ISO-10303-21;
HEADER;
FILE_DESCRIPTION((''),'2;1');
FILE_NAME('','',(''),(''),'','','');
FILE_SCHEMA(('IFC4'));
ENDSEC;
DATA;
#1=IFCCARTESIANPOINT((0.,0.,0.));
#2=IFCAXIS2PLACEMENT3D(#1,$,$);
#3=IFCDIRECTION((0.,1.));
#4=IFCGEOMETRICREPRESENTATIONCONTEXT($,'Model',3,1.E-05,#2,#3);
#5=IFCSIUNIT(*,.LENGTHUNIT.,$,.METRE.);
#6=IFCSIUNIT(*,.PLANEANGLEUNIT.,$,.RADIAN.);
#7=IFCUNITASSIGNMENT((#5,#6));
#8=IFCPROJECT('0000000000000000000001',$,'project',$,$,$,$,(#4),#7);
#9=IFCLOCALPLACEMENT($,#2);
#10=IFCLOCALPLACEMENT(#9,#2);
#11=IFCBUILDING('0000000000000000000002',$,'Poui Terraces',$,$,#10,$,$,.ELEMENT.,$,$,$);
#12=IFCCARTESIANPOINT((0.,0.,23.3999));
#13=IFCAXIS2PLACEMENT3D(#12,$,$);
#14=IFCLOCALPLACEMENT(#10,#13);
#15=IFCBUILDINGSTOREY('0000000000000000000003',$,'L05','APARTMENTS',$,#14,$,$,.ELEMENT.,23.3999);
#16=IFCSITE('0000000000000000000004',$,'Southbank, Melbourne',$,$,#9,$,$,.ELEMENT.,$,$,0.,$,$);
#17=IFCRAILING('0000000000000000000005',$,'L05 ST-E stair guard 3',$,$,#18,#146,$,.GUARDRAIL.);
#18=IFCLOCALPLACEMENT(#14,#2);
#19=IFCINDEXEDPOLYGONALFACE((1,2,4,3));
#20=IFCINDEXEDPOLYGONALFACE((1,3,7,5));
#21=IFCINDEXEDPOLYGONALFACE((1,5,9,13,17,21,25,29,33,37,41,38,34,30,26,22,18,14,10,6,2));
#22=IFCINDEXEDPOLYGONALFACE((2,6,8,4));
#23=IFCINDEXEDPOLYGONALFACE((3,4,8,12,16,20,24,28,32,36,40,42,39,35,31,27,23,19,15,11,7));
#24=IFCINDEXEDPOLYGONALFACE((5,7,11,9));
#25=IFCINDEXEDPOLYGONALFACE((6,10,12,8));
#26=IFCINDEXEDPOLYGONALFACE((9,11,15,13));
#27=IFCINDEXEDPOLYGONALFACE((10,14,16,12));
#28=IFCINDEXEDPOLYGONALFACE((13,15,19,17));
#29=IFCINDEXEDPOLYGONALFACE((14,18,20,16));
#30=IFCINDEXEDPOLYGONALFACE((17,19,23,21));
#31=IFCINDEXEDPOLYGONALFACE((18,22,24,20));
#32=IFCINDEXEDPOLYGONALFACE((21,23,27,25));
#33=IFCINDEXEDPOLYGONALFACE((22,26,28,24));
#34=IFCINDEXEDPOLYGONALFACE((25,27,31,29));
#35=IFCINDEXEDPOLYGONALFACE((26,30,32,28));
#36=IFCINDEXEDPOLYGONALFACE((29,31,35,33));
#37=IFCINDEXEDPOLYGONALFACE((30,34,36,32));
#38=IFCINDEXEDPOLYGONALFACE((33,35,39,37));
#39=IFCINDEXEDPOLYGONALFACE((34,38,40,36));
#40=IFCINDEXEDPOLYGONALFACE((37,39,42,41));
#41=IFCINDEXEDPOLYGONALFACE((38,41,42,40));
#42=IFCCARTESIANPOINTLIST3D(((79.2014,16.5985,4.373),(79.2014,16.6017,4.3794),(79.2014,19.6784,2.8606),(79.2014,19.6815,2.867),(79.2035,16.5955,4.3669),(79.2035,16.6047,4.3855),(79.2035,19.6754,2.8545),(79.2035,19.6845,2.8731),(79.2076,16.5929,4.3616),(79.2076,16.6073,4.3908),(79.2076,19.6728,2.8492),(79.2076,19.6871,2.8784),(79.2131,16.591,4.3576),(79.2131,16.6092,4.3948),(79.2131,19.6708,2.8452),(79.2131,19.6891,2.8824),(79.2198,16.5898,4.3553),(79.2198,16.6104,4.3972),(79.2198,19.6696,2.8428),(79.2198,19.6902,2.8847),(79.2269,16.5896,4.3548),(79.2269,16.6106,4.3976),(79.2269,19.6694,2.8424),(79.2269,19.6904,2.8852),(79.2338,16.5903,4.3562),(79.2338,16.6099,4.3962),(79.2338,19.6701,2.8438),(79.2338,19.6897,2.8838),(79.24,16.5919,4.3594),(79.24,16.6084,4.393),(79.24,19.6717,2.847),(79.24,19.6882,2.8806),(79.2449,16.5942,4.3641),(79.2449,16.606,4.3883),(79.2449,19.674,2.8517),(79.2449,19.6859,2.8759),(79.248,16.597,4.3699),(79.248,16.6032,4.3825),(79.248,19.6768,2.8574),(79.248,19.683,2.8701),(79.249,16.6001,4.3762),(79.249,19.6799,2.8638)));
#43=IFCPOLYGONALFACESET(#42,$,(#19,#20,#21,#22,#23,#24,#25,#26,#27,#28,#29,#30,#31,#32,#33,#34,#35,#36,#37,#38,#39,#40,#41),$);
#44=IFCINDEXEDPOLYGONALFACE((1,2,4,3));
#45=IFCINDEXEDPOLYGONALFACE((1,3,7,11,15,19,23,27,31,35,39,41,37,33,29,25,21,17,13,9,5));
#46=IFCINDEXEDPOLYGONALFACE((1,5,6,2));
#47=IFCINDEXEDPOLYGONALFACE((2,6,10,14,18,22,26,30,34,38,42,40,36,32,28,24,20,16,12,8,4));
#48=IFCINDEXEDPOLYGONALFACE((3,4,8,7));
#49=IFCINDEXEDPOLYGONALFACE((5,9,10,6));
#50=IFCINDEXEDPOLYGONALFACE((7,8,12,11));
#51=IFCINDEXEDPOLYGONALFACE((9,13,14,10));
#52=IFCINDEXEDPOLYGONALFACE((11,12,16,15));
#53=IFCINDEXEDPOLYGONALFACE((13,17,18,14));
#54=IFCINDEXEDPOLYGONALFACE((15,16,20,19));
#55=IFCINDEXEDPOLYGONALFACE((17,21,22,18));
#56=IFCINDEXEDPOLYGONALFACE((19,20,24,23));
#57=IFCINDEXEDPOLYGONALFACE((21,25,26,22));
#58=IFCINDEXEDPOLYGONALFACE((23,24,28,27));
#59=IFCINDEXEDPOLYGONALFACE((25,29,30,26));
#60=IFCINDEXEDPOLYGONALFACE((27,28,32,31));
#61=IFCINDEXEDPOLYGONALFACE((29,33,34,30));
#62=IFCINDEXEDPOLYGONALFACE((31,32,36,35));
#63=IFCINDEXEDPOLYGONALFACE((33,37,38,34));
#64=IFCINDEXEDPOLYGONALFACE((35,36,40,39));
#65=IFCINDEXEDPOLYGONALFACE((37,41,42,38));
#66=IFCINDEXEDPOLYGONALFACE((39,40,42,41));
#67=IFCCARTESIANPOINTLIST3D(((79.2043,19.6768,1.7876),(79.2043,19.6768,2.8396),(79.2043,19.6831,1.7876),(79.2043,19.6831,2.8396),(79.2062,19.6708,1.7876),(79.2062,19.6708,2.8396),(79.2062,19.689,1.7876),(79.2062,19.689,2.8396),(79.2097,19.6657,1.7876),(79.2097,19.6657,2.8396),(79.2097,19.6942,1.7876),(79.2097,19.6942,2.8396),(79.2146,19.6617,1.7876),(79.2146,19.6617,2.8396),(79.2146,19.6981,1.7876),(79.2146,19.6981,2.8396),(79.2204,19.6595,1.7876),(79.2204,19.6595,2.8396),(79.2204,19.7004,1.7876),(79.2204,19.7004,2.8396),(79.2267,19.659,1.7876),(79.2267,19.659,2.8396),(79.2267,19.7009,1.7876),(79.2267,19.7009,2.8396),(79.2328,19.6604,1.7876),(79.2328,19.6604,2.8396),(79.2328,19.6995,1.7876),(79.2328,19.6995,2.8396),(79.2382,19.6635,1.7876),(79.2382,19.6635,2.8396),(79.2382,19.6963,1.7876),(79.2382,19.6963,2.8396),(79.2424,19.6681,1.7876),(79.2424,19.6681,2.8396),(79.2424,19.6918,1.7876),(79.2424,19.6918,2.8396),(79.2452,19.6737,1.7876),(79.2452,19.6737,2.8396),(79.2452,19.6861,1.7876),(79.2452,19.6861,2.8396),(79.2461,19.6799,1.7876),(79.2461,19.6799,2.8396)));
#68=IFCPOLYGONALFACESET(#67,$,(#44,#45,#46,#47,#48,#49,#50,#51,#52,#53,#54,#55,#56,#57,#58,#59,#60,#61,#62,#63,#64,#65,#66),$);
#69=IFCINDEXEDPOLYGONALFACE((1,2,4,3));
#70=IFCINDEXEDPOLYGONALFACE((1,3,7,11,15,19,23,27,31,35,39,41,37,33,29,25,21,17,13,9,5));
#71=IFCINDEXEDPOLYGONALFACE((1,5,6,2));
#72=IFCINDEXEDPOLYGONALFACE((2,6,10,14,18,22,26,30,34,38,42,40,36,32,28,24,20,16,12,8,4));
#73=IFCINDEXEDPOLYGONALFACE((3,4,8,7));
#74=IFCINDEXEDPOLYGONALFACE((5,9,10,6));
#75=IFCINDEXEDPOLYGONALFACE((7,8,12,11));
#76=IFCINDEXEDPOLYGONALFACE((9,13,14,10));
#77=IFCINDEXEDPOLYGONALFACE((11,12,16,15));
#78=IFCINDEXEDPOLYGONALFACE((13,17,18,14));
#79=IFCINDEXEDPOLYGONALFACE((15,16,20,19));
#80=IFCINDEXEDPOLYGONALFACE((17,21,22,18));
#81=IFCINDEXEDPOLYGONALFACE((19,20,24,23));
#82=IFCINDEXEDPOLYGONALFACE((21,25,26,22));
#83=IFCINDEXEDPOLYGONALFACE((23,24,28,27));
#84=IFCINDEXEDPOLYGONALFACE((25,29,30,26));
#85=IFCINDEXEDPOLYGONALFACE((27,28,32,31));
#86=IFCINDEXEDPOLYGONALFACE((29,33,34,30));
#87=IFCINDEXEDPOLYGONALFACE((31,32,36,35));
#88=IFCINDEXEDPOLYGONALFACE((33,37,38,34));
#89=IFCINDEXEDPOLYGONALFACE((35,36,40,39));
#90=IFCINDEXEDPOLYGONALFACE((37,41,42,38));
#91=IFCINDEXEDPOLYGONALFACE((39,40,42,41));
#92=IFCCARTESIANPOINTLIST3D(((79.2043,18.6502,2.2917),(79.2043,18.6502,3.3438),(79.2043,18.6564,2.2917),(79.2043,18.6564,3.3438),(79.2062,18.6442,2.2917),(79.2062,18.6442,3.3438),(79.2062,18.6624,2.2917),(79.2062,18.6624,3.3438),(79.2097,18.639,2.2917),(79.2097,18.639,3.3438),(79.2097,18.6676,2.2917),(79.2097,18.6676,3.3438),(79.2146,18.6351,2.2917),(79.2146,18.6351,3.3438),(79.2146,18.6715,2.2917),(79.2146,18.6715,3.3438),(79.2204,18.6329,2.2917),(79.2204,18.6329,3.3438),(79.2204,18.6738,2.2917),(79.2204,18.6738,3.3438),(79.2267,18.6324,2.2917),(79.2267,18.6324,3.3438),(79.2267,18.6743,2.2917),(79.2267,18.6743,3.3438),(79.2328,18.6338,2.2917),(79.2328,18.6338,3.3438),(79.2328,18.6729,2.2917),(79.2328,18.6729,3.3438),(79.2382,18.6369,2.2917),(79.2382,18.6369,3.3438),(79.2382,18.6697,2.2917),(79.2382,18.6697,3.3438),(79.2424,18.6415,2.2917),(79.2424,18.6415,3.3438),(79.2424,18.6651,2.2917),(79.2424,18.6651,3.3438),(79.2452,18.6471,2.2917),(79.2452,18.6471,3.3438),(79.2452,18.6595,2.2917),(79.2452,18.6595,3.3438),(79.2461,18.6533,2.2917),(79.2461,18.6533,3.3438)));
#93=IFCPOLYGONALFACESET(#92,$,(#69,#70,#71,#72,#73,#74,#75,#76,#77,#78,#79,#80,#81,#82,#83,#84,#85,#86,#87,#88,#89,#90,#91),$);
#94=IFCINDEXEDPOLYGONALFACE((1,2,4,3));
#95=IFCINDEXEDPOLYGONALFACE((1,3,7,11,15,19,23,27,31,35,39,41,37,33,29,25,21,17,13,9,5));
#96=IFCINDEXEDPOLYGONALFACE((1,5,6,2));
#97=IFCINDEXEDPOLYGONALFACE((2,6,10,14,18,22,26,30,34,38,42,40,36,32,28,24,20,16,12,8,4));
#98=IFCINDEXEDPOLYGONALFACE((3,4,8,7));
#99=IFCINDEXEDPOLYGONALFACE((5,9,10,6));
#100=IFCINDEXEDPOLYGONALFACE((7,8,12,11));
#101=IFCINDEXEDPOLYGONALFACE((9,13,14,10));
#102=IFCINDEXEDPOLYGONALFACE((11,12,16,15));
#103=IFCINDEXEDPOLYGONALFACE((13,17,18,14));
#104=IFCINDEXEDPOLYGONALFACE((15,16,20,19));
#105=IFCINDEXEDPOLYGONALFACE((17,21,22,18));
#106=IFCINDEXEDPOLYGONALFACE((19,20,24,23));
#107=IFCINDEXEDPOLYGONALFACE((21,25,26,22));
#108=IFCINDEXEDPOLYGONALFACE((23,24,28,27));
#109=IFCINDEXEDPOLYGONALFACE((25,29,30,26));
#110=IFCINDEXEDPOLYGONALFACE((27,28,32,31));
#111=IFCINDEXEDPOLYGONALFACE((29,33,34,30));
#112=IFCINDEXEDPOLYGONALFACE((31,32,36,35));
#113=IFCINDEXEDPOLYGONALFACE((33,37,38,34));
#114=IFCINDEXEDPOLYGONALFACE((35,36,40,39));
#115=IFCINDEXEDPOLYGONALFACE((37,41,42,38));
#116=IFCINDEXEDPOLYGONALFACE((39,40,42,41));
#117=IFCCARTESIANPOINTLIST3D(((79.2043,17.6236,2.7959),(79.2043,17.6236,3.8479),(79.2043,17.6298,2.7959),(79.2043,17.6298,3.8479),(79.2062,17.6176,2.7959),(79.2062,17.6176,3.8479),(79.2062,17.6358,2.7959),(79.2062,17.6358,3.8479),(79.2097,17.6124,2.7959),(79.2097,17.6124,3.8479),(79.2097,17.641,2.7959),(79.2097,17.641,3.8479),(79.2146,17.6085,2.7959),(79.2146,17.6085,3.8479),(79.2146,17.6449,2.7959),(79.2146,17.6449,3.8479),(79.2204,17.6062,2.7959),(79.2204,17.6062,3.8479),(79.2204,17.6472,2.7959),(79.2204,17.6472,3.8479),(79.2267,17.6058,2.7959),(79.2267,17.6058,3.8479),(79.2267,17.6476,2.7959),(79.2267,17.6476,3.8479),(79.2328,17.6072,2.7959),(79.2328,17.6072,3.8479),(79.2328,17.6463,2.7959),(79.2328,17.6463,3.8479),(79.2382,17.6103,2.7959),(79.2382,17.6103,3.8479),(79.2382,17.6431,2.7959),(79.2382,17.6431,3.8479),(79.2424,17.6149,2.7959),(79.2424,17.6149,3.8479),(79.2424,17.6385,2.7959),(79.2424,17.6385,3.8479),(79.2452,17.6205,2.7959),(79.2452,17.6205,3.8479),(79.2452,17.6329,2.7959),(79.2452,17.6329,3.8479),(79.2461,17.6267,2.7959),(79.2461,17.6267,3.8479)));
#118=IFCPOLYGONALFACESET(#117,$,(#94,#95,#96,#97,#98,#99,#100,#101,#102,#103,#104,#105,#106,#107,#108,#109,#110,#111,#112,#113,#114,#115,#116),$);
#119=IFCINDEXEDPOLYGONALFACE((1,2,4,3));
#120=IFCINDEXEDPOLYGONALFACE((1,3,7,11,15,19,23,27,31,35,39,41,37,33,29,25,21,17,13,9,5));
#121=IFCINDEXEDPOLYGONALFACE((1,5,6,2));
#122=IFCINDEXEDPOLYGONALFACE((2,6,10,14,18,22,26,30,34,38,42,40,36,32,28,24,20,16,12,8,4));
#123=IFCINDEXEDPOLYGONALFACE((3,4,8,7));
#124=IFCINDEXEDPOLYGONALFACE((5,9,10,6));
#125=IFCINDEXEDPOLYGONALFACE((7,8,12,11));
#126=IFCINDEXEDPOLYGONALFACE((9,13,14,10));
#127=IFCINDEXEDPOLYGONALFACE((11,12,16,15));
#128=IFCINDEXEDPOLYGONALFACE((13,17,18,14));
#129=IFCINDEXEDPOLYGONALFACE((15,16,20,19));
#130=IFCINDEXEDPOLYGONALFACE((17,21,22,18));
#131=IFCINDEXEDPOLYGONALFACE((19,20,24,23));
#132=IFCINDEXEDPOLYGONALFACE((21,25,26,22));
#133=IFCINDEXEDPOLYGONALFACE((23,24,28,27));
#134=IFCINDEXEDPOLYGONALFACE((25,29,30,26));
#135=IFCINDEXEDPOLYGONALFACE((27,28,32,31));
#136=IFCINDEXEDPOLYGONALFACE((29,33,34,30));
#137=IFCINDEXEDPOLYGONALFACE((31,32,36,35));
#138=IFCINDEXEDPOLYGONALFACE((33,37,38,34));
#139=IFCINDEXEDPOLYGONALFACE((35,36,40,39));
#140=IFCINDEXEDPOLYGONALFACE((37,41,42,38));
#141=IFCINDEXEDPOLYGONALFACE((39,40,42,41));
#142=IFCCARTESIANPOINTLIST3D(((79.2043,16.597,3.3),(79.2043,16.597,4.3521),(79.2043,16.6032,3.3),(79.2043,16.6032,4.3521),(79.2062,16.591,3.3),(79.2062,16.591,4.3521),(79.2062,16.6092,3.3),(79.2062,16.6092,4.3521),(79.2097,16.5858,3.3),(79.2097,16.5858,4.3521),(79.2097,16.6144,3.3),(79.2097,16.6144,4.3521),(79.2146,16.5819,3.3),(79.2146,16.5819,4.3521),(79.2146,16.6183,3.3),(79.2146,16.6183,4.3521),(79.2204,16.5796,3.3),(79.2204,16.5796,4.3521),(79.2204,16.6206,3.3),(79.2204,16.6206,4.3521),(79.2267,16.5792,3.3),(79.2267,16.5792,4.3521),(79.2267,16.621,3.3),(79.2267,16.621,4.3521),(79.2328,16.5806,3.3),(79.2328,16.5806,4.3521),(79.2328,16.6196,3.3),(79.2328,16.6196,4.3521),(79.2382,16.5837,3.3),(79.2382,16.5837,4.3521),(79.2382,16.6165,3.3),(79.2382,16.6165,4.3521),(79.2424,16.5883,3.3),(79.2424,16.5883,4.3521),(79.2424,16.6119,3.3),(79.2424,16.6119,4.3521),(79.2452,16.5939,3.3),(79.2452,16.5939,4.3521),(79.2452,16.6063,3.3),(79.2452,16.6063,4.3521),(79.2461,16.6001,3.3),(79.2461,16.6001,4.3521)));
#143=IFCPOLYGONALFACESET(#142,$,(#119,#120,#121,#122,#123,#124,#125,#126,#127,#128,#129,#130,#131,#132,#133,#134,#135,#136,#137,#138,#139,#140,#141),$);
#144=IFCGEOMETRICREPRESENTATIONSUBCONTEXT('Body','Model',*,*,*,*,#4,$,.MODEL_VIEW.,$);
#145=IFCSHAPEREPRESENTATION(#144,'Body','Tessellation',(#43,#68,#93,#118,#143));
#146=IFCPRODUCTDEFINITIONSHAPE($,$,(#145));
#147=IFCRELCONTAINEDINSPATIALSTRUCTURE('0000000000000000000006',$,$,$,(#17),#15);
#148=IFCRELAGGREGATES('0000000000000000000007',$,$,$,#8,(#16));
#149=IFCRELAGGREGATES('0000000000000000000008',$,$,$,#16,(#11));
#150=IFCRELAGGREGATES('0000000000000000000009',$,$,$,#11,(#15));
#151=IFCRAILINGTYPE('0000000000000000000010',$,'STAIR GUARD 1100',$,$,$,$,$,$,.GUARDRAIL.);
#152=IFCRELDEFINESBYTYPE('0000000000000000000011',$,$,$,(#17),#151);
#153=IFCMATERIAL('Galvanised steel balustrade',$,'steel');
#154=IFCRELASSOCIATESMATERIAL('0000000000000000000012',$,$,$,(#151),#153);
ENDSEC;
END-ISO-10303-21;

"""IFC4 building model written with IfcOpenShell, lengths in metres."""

from ifc_helpers import new_model, si_unit, direction, frame, origin, origin_2d, place, context, subcontext, project, spatial, circle, extrude, material, type_object, element, save


model = new_model("IFC4")

# Units and contexts
model_context = context("Model", 3, precision=1e-05, world=origin(), true_north=direction((0.0, 1.0)))
body_context = subcontext(model_context, "Body", "Model", "MODEL_VIEW")
ifc_project = project(units=[si_unit("LENGTHUNIT", "METRE"), si_unit("PLANEANGLEUNIT", "RADIAN")], contexts=[model_context])

# Site, building, storey
site_placement = place(None, origin())
site = spatial("IfcSite", under=ifc_project, at=site_placement, Name="Southbank, Melbourne", CompositionType="ELEMENT", RefElevation=0.0)
building_placement = place(site_placement, origin())
building = spatial("IfcBuilding", under=site, at=building_placement, Name="Poui Terraces", CompositionType="ELEMENT")
storey_placement = place(building_placement, frame((0.0, 0.0, 23.3999)))
storey = spatial("IfcBuildingStorey", under=building, at=storey_placement, Name="L05", Description="APARTMENTS", CompositionType="ELEMENT", Elevation=23.3999)

# Railing
ifc_material_1 = material(Name="Galvanised steel balustrade", Category="steel")
railing_type_1 = type_object("IfcRailingType", Name="STAIR GUARD 1100", PredefinedType="GUARDRAIL", material=ifc_material_1)
railing_1_placement = place(storey_placement, frame((79.2251, 19.6799, 1.7876)))
element("IfcRailing", 1, at=railing_1_placement, inside=storey, type_object=railing_type_1, Name="L05 ST-E stair guard 3", PredefinedType="GUARDRAIL", context=body_context, shape_type="SweptSolid", body=[
    extrude(circle(Radius=0.0239, at=origin_2d()), frame((0.0, 0.0, 1.0762), z_axis=(0.0, -0.897606, 0.440798), x_axis=(1.0, 0.0, 0.0)), (0.0, 0.0, 1.0), 3.4312),
    extrude(circle(Radius=0.021, at=origin_2d()), origin(), (0.0, 0.0, 1.0), 1.052),
    extrude(circle(Radius=0.021, at=origin_2d()), frame((0.0, -1.0266, 0.5042)), (0.0, 0.0, 1.0), 1.052),
    extrude(circle(Radius=0.021, at=origin_2d()), frame((0.0, -2.0532, 1.0083)), (0.0, 0.0, 1.0), 1.052),
    extrude(circle(Radius=0.021, at=origin_2d()), frame((0.0, -3.0798, 1.5125)), (0.0, 0.0, 1.0), 1.052),
])

save(model, "model.ifc")
